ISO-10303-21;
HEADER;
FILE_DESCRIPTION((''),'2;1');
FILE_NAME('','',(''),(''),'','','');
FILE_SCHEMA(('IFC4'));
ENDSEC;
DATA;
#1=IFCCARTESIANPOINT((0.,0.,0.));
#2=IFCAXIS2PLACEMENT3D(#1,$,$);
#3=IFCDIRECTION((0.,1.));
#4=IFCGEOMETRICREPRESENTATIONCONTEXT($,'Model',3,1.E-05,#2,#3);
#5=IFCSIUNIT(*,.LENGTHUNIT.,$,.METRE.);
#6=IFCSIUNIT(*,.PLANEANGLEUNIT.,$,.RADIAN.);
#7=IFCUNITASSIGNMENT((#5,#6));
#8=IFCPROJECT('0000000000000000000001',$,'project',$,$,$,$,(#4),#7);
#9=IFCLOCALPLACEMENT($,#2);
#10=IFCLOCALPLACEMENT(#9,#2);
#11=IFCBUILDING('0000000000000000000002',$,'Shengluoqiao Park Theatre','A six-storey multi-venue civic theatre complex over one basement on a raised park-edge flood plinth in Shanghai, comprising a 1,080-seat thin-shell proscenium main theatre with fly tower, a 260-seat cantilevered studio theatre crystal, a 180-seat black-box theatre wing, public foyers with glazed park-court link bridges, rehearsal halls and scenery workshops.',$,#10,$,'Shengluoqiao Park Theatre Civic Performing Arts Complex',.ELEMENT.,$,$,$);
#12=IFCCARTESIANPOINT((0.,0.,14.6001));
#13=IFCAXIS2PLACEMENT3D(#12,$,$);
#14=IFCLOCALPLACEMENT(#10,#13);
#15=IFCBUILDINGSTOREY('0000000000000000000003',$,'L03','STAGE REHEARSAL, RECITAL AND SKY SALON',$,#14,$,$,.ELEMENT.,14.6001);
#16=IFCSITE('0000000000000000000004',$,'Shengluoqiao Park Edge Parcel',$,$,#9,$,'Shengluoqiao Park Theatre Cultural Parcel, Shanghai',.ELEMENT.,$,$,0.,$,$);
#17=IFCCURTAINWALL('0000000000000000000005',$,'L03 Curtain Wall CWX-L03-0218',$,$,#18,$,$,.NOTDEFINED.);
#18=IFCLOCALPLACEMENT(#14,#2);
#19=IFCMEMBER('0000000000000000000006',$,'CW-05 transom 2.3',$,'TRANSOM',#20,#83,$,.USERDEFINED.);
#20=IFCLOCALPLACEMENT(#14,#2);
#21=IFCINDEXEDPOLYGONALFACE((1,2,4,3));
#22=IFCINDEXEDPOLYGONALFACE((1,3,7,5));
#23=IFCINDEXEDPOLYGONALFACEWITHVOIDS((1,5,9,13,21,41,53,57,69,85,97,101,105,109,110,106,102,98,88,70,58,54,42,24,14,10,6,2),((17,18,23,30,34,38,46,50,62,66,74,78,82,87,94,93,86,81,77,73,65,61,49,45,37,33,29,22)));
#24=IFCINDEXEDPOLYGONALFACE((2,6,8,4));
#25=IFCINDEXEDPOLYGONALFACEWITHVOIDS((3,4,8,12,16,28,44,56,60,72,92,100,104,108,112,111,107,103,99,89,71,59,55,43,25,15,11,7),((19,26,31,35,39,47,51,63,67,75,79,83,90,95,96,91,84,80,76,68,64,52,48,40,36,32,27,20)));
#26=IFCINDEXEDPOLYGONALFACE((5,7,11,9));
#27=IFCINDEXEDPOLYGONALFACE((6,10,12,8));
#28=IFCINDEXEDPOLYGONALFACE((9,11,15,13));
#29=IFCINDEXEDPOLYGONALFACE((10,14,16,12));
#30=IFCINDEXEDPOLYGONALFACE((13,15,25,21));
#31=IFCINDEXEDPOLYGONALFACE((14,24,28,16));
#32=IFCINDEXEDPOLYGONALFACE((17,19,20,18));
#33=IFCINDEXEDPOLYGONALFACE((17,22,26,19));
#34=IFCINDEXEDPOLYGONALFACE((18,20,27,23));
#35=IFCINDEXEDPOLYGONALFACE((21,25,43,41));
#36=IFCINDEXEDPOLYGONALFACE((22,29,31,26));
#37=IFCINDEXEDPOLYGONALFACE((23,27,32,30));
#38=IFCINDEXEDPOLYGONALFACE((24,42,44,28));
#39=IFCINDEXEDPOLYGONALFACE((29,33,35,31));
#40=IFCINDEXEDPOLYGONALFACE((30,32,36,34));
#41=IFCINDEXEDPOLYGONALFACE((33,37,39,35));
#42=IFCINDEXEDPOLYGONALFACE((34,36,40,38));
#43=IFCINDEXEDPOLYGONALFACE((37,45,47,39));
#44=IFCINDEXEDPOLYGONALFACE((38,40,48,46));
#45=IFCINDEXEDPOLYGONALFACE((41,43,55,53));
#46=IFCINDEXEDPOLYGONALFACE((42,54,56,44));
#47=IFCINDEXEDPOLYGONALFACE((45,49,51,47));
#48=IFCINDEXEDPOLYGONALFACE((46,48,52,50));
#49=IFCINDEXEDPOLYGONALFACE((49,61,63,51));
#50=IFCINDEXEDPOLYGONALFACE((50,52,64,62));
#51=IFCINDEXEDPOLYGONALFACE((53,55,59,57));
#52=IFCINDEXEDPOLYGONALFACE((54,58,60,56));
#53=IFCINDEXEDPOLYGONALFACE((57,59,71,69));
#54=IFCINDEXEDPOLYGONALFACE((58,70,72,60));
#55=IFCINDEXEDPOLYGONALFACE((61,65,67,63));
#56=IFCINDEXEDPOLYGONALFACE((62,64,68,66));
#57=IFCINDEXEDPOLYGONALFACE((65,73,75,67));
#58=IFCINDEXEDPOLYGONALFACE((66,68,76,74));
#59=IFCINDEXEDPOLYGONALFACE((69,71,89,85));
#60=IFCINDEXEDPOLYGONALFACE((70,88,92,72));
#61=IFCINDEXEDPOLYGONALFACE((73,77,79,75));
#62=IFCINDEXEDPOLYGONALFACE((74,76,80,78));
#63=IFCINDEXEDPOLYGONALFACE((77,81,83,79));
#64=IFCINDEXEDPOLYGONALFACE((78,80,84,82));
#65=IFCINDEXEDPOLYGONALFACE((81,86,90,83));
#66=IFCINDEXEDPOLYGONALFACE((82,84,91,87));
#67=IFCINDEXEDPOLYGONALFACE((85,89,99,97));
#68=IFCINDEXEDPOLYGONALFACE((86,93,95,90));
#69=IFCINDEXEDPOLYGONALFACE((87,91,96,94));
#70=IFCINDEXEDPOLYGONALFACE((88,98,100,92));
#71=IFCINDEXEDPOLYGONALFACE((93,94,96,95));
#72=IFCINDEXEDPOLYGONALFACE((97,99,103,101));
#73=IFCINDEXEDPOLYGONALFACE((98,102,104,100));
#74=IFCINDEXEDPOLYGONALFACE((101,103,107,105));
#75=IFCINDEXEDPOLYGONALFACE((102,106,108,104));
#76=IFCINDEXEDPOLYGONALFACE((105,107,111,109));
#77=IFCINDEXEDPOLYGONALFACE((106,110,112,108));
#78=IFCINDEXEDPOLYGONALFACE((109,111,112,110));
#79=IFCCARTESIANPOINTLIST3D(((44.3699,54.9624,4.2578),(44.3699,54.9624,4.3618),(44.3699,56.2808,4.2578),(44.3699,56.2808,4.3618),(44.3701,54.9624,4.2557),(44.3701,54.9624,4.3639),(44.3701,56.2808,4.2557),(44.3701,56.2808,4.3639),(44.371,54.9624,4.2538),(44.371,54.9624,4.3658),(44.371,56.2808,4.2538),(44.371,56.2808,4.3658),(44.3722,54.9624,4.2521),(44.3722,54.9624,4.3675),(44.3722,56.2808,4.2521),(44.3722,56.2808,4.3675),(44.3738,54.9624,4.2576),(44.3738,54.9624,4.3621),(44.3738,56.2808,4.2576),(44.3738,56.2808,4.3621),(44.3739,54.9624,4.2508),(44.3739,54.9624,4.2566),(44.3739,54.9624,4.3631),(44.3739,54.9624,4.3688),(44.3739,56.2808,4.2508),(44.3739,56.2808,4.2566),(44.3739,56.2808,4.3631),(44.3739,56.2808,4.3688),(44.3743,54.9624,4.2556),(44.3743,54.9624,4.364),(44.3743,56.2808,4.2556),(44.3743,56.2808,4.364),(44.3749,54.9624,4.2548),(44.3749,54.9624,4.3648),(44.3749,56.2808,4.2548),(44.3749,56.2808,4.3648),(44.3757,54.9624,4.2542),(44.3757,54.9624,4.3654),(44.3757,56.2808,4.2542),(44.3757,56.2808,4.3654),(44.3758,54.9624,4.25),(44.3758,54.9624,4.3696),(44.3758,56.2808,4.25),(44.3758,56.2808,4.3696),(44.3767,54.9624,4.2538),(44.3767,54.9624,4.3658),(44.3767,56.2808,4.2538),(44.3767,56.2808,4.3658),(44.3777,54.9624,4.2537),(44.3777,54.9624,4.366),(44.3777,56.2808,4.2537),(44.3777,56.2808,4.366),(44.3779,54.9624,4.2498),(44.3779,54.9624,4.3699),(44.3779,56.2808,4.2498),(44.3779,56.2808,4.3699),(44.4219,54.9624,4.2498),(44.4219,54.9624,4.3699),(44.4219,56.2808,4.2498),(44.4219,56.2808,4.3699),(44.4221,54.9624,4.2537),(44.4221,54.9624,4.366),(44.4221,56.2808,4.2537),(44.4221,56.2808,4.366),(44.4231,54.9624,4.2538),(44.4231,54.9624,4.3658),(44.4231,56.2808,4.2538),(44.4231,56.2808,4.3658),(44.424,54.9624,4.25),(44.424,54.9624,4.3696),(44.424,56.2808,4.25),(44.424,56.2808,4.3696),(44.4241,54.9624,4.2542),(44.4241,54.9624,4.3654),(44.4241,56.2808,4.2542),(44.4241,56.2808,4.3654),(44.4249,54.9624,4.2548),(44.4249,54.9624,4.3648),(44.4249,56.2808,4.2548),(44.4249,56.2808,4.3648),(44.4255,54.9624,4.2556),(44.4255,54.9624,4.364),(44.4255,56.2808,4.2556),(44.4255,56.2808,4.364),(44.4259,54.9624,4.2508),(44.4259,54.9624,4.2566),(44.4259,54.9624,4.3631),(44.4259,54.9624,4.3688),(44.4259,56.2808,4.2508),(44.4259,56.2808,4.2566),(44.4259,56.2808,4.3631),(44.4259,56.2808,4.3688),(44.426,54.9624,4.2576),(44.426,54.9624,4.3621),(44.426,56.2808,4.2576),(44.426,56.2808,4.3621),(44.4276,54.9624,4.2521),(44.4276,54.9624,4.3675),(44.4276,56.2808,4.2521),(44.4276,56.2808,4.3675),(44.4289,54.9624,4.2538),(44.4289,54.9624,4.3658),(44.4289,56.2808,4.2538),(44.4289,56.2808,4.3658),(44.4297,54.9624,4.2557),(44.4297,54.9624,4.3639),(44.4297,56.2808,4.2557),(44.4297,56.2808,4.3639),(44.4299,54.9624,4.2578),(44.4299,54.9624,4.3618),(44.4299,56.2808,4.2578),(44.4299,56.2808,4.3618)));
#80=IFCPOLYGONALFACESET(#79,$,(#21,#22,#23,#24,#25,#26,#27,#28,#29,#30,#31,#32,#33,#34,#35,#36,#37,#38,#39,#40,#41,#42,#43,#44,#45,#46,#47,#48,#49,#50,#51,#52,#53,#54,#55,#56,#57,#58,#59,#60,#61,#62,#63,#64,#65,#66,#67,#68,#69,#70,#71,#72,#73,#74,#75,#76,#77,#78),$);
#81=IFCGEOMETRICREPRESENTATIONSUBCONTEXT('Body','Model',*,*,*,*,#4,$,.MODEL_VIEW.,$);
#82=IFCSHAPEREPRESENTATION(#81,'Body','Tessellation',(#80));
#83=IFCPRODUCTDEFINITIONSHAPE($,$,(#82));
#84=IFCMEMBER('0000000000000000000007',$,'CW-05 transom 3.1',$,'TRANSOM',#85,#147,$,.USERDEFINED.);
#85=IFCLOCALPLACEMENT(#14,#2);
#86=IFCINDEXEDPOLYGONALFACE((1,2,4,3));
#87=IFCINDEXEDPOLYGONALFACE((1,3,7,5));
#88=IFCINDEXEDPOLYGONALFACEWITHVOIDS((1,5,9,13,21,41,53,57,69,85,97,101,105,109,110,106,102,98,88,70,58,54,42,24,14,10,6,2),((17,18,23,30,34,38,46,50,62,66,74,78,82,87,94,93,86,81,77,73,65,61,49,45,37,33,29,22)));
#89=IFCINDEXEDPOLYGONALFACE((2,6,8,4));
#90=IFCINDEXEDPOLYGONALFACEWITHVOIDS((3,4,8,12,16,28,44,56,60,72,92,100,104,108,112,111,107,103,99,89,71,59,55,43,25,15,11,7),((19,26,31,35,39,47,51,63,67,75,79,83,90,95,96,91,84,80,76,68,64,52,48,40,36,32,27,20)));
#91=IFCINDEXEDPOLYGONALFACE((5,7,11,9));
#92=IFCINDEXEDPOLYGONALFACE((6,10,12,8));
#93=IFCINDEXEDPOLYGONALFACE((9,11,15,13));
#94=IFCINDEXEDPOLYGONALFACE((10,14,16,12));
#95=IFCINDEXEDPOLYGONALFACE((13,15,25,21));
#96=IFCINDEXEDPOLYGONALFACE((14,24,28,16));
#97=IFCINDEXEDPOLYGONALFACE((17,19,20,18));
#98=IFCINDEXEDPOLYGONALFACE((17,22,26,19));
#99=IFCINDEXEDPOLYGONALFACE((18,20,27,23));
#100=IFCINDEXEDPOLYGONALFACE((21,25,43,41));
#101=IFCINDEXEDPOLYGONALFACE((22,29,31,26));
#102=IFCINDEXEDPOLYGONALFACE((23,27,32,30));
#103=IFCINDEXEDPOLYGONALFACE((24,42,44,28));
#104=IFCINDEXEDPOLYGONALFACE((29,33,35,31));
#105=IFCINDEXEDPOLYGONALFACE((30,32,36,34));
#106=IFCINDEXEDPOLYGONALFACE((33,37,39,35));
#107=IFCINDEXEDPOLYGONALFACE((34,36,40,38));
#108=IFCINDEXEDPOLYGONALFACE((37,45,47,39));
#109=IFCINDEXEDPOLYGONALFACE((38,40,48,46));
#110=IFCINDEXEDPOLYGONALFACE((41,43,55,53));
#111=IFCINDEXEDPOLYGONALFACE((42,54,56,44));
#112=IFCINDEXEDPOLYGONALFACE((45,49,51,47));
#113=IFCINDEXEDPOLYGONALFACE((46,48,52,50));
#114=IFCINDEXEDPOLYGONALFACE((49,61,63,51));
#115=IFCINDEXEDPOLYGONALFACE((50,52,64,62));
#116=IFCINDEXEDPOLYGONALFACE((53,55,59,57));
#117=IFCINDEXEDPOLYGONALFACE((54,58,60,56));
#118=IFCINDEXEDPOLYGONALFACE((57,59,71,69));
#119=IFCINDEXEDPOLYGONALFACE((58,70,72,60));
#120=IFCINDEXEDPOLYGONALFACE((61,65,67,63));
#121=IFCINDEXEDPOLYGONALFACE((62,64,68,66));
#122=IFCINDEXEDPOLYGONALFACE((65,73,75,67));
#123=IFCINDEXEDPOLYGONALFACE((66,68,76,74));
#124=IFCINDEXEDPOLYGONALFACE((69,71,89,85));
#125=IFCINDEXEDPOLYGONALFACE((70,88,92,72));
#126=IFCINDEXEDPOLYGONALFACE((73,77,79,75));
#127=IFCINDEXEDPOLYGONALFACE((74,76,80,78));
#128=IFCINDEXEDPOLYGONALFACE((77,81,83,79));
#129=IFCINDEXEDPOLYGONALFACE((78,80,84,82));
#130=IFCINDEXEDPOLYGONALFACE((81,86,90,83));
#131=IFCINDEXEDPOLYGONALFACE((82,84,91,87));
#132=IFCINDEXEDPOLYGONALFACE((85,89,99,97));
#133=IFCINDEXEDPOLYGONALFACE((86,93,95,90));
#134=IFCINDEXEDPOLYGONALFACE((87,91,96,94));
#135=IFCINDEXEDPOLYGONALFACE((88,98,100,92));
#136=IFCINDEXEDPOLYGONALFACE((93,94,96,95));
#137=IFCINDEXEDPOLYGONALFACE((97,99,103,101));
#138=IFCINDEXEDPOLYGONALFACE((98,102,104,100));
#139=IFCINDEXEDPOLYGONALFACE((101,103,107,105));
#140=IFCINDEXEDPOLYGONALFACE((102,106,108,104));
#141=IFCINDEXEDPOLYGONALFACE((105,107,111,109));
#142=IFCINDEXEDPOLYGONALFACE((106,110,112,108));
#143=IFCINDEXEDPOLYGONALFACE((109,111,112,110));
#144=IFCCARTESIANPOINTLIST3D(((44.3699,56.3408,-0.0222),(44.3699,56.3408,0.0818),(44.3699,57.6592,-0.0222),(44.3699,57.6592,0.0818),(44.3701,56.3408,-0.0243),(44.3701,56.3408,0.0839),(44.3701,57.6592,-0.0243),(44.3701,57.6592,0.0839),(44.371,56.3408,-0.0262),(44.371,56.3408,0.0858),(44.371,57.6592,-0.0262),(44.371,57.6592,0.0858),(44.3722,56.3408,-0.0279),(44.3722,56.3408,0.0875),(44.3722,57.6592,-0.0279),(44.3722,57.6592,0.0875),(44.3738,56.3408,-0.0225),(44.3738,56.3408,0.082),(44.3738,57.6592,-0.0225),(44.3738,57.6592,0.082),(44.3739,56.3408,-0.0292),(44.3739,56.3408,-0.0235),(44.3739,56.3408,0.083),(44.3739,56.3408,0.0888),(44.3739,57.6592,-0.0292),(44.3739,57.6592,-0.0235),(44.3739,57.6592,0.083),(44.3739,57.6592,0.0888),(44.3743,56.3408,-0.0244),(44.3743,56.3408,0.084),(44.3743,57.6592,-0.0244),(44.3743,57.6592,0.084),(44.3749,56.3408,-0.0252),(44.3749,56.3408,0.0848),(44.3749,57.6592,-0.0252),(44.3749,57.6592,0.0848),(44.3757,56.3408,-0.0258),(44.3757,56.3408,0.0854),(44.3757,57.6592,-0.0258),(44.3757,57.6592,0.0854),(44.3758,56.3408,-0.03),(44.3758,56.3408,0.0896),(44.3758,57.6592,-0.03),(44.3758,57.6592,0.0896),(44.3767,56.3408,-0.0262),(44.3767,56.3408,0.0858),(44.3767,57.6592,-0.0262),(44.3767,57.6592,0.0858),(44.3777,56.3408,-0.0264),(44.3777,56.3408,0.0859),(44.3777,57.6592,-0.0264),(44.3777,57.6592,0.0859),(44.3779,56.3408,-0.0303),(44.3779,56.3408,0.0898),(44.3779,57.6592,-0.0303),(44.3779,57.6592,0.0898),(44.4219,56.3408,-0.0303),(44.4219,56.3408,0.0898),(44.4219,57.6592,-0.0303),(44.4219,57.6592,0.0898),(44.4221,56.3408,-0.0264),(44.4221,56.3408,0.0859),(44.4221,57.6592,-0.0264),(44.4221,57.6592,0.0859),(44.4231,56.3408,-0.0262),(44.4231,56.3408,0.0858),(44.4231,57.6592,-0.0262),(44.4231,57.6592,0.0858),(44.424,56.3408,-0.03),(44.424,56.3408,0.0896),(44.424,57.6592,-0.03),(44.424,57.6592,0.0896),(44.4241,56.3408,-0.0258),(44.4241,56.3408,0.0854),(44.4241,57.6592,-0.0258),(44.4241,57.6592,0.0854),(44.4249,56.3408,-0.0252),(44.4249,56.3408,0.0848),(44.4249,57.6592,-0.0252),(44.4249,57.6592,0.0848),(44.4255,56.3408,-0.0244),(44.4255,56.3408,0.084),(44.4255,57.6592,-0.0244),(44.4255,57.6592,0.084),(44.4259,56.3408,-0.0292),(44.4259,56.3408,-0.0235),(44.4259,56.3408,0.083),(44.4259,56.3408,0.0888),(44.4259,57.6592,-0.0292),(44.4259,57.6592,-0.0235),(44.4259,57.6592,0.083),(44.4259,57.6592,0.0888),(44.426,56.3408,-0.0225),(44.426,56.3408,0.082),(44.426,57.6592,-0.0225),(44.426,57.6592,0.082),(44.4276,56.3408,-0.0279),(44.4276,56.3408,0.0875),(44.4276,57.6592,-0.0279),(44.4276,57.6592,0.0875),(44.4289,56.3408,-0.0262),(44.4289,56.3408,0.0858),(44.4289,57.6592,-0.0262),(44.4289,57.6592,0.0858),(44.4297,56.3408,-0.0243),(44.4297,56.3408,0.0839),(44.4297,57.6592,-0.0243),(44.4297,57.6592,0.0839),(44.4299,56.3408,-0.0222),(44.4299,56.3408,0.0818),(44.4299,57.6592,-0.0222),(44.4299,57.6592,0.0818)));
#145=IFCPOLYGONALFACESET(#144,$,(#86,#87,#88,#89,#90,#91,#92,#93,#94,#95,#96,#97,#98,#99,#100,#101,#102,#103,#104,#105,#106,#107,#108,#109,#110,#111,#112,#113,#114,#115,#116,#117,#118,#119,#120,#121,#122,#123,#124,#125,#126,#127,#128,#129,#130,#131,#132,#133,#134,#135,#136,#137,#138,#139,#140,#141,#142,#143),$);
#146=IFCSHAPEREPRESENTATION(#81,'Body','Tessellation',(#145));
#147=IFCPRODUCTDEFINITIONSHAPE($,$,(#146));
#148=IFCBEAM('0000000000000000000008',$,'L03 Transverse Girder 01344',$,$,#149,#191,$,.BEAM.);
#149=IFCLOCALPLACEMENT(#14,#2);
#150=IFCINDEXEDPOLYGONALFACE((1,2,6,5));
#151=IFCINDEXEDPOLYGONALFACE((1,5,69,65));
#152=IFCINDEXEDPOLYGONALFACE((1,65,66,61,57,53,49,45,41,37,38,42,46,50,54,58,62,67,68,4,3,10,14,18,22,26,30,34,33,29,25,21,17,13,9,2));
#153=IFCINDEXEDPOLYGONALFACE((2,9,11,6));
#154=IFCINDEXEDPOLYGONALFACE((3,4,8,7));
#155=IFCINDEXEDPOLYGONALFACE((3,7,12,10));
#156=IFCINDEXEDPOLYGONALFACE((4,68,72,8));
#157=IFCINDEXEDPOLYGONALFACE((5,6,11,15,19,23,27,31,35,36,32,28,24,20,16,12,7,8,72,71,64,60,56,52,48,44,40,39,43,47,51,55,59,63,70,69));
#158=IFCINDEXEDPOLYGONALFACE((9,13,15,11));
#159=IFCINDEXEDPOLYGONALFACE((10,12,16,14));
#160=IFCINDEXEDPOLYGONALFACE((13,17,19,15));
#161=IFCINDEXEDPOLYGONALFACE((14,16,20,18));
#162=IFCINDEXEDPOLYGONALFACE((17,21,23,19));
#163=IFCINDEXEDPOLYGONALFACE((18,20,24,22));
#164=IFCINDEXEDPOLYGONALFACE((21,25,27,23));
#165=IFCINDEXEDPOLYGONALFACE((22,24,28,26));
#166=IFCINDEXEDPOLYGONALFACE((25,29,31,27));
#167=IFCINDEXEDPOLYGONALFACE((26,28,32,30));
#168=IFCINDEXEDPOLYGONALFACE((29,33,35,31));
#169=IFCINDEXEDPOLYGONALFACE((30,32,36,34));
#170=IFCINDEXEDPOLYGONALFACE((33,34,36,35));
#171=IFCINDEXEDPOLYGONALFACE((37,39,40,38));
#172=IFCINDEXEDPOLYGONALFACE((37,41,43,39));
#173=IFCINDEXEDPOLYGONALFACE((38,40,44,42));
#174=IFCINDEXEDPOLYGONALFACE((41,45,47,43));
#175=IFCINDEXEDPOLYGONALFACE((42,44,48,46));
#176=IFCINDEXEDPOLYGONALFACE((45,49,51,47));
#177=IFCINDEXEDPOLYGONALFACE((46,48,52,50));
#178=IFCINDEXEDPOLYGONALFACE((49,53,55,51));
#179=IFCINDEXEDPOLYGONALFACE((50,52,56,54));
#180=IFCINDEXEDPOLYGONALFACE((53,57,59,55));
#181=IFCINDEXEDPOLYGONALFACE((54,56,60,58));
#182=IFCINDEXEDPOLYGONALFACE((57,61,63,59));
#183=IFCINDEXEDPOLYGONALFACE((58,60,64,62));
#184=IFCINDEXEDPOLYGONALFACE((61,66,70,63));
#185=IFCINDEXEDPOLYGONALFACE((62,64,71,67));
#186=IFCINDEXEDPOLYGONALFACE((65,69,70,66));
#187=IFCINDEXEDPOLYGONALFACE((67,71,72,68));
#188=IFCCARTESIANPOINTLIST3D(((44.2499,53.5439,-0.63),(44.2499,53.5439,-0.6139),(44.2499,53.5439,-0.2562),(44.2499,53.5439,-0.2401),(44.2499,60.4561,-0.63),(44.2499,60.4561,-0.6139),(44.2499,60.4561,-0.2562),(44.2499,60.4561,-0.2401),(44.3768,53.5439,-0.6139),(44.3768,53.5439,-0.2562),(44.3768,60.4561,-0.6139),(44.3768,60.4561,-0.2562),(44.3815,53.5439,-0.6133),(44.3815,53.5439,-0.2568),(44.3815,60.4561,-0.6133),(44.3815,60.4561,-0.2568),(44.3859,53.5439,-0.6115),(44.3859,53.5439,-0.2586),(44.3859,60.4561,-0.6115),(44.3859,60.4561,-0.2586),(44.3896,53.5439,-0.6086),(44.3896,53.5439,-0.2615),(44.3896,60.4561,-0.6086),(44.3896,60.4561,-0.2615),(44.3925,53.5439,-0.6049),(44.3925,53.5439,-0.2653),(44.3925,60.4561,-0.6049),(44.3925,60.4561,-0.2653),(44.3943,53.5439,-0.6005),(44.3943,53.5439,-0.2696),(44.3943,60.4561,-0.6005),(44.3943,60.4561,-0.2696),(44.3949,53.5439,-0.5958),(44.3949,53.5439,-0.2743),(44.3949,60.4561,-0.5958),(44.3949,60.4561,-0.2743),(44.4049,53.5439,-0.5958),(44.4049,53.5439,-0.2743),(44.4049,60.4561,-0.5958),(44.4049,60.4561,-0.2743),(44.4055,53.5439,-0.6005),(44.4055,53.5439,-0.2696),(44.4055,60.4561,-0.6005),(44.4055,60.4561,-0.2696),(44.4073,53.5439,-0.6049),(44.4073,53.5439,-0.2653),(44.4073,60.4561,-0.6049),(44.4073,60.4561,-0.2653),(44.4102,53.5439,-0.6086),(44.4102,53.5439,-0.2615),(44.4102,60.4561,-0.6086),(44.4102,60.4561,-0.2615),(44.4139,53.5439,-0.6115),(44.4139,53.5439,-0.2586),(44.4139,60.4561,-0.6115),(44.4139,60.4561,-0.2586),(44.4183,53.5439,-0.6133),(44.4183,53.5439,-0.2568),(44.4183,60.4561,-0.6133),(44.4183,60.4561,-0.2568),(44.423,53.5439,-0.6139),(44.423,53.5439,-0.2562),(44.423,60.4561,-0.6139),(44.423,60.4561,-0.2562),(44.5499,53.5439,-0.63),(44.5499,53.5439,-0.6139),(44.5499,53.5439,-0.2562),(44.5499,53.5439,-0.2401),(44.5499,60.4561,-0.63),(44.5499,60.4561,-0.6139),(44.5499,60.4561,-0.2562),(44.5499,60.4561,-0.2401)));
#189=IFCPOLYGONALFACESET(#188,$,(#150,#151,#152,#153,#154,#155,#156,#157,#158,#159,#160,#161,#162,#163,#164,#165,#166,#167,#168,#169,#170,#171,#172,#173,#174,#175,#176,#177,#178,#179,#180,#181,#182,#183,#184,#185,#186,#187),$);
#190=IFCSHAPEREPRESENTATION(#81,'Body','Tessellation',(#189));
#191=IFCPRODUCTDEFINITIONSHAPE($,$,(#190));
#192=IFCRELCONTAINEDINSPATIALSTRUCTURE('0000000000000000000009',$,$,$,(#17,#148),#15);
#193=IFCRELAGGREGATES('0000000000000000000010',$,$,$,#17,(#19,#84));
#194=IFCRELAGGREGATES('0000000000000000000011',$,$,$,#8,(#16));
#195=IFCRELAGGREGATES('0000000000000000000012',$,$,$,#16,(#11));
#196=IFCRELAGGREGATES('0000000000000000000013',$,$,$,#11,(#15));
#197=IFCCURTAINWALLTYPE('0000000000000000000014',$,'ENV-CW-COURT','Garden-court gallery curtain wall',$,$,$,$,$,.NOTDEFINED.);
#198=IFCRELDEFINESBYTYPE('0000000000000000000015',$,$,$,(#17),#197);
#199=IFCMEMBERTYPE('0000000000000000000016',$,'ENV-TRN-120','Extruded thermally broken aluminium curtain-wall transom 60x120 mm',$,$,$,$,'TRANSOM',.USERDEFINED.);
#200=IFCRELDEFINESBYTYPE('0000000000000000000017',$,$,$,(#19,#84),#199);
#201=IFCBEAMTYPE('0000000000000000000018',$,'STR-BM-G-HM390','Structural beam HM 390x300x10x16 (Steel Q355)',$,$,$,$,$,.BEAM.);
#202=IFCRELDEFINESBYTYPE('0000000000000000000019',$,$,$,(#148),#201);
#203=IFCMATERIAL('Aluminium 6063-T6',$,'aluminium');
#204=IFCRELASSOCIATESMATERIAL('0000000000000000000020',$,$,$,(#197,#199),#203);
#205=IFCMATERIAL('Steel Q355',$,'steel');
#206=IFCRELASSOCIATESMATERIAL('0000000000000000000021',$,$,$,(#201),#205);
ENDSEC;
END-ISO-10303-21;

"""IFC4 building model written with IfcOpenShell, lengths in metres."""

from ifc_helpers import new_model, si_unit, direction, frame, origin, origin_2d, place, context, subcontext, project, spatial, hollow_rectangle, i_section, extrude, material, material_profile, profile_set, type_object, element, aggregate, save


model = new_model("IFC4")

# Units and contexts
model_context = context("Model", 3, precision=1e-05, world=origin(), true_north=direction((0.0, 1.0)))
body_context = subcontext(model_context, "Body", "Model", "MODEL_VIEW")
ifc_project = project(units=[si_unit("LENGTHUNIT", "METRE"), si_unit("PLANEANGLEUNIT", "RADIAN")], contexts=[model_context])

# Site, building, storey
site_placement = place(None, origin())
site = spatial("IfcSite", under=ifc_project, at=site_placement, Name="Shengluoqiao Park Edge Parcel", LongName="Shengluoqiao Park Theatre Cultural Parcel, Shanghai", CompositionType="ELEMENT", RefElevation=0.0)
building_placement = place(site_placement, origin())
building = spatial("IfcBuilding", under=site, at=building_placement, Name="Shengluoqiao Park Theatre", Description="A six-storey multi-venue civic theatre complex over one basement on a raised park-edge flood plinth in Shanghai, comprising a 1,080-seat thin-shell proscenium main theatre with fly tower, a 260-seat cantilevered studio theatre crystal, a 180-seat black-box theatre wing, public foyers with glazed park-court link bridges, rehearsal halls and scenery workshops.", LongName="Shengluoqiao Park Theatre Civic Performing Arts Complex", CompositionType="ELEMENT")
storey_placement = place(building_placement, frame((0.0, 0.0, 14.6001)))
storey = spatial("IfcBuildingStorey", under=building, at=storey_placement, Name="L03", Description="STAGE REHEARSAL, RECITAL AND SKY SALON", CompositionType="ELEMENT", Elevation=14.6001)

# Curtain wall
ifc_material_1 = material(Name="Aluminium 6063-T6", Category="aluminium")
curtain_wall_type_1 = type_object("IfcCurtainWallType", Name="ENV-CW-COURT", Description="Garden-court gallery curtain wall", PredefinedType="NOTDEFINED", material=ifc_material_1)
curtain_wall_1_placement = place(storey_placement, origin())
curtain_wall_1 = element("IfcCurtainWall", 1, at=curtain_wall_1_placement, inside=storey, type_object=curtain_wall_type_1, Name="L03 Curtain Wall CWX-L03-0218", PredefinedType="NOTDEFINED")

# Members
ifc_material_profile_1 = material_profile(ifc_material_1, hollow_rectangle(XDim=0.0601, YDim=0.1201, WallThickness=0.0039, InnerFilletRadius=0.0039, OuterFilletRadius=0.0081, at=origin_2d()), Name="ALU TRANSOM 120x60x4")
ifc_profile_set_1 = profile_set([ifc_material_profile_1], Name="Aluminium 6063-T6")
member_type_1 = type_object("IfcMemberType", Name="ENV-TRN-120", Description="Extruded thermally broken aluminium curtain-wall transom 60x120 mm", ElementType="TRANSOM", PredefinedType="USERDEFINED", material=ifc_profile_set_1)
member_1_placement = place(storey_placement, frame((44.3999, 54.9624, 4.3098), z_axis=(0.0, 1.0, 0.0), x_axis=(-1.0, 0.0, 0.0)))
member_1 = element("IfcMember", 2, at=member_1_placement, type_object=member_type_1, Name="CW-05 transom 2.3", ObjectType="TRANSOM", PredefinedType="USERDEFINED", context=body_context, shape_type="SweptSolid", body=[
    extrude(hollow_rectangle(XDim=0.0601, YDim=0.1201, WallThickness=0.0039, InnerFilletRadius=0.0039, OuterFilletRadius=0.0081, at=origin_2d()), origin(), (0.0, 0.0, 1.0), 1.3184),
])
member_2_placement = place(storey_placement, frame((44.3999, 56.3408, 0.0298), z_axis=(0.0, 1.0, 0.0), x_axis=(-1.0, 0.0, 0.0)))
member_2 = element("IfcMember", 3, at=member_2_placement, type_object=member_type_1, Name="CW-05 transom 3.1", ObjectType="TRANSOM", PredefinedType="USERDEFINED", context=body_context, shape_type="SweptSolid", body=[
    extrude(hollow_rectangle(XDim=0.0601, YDim=0.1201, WallThickness=0.0039, InnerFilletRadius=0.0039, OuterFilletRadius=0.0081, at=origin_2d()), origin(), (0.0, 0.0, 1.0), 1.3184),
])

# Beam
ifc_material_2 = material(Name="Steel Q355", Category="steel")
ifc_material_profile_2 = material_profile(ifc_material_2, i_section(OverallWidth=0.3, OverallDepth=0.3899, WebThickness=0.01, FlangeThickness=0.0161, FilletRadius=0.0181, at=origin_2d()), Name="HM 390x300x10x16")
ifc_profile_set_2 = profile_set([ifc_material_profile_2], Name="Steel Q355")
beam_type_1 = type_object("IfcBeamType", Name="STR-BM-G-HM390", Description="Structural beam HM 390x300x10x16 (Steel Q355)", PredefinedType="BEAM", material=ifc_profile_set_2)
beam_1_placement = place(storey_placement, frame((44.3999, 53.5439, -0.4351), z_axis=(0.0, 1.0, 0.0), x_axis=(-1.0, 0.0, 0.0)))
element("IfcBeam", 4, at=beam_1_placement, inside=storey, type_object=beam_type_1, Name="L03 Transverse Girder 01344", PredefinedType="BEAM", context=body_context, shape_type="SweptSolid", body=[
    extrude(i_section(OverallWidth=0.3, OverallDepth=0.3899, WebThickness=0.01, FlangeThickness=0.0161, FilletRadius=0.0181, at=origin_2d()), origin(), (0.0, 0.0, 1.0), 6.9121),
])

aggregate(curtain_wall_1, [member_1, member_2])

save(model, "model.ifc")
